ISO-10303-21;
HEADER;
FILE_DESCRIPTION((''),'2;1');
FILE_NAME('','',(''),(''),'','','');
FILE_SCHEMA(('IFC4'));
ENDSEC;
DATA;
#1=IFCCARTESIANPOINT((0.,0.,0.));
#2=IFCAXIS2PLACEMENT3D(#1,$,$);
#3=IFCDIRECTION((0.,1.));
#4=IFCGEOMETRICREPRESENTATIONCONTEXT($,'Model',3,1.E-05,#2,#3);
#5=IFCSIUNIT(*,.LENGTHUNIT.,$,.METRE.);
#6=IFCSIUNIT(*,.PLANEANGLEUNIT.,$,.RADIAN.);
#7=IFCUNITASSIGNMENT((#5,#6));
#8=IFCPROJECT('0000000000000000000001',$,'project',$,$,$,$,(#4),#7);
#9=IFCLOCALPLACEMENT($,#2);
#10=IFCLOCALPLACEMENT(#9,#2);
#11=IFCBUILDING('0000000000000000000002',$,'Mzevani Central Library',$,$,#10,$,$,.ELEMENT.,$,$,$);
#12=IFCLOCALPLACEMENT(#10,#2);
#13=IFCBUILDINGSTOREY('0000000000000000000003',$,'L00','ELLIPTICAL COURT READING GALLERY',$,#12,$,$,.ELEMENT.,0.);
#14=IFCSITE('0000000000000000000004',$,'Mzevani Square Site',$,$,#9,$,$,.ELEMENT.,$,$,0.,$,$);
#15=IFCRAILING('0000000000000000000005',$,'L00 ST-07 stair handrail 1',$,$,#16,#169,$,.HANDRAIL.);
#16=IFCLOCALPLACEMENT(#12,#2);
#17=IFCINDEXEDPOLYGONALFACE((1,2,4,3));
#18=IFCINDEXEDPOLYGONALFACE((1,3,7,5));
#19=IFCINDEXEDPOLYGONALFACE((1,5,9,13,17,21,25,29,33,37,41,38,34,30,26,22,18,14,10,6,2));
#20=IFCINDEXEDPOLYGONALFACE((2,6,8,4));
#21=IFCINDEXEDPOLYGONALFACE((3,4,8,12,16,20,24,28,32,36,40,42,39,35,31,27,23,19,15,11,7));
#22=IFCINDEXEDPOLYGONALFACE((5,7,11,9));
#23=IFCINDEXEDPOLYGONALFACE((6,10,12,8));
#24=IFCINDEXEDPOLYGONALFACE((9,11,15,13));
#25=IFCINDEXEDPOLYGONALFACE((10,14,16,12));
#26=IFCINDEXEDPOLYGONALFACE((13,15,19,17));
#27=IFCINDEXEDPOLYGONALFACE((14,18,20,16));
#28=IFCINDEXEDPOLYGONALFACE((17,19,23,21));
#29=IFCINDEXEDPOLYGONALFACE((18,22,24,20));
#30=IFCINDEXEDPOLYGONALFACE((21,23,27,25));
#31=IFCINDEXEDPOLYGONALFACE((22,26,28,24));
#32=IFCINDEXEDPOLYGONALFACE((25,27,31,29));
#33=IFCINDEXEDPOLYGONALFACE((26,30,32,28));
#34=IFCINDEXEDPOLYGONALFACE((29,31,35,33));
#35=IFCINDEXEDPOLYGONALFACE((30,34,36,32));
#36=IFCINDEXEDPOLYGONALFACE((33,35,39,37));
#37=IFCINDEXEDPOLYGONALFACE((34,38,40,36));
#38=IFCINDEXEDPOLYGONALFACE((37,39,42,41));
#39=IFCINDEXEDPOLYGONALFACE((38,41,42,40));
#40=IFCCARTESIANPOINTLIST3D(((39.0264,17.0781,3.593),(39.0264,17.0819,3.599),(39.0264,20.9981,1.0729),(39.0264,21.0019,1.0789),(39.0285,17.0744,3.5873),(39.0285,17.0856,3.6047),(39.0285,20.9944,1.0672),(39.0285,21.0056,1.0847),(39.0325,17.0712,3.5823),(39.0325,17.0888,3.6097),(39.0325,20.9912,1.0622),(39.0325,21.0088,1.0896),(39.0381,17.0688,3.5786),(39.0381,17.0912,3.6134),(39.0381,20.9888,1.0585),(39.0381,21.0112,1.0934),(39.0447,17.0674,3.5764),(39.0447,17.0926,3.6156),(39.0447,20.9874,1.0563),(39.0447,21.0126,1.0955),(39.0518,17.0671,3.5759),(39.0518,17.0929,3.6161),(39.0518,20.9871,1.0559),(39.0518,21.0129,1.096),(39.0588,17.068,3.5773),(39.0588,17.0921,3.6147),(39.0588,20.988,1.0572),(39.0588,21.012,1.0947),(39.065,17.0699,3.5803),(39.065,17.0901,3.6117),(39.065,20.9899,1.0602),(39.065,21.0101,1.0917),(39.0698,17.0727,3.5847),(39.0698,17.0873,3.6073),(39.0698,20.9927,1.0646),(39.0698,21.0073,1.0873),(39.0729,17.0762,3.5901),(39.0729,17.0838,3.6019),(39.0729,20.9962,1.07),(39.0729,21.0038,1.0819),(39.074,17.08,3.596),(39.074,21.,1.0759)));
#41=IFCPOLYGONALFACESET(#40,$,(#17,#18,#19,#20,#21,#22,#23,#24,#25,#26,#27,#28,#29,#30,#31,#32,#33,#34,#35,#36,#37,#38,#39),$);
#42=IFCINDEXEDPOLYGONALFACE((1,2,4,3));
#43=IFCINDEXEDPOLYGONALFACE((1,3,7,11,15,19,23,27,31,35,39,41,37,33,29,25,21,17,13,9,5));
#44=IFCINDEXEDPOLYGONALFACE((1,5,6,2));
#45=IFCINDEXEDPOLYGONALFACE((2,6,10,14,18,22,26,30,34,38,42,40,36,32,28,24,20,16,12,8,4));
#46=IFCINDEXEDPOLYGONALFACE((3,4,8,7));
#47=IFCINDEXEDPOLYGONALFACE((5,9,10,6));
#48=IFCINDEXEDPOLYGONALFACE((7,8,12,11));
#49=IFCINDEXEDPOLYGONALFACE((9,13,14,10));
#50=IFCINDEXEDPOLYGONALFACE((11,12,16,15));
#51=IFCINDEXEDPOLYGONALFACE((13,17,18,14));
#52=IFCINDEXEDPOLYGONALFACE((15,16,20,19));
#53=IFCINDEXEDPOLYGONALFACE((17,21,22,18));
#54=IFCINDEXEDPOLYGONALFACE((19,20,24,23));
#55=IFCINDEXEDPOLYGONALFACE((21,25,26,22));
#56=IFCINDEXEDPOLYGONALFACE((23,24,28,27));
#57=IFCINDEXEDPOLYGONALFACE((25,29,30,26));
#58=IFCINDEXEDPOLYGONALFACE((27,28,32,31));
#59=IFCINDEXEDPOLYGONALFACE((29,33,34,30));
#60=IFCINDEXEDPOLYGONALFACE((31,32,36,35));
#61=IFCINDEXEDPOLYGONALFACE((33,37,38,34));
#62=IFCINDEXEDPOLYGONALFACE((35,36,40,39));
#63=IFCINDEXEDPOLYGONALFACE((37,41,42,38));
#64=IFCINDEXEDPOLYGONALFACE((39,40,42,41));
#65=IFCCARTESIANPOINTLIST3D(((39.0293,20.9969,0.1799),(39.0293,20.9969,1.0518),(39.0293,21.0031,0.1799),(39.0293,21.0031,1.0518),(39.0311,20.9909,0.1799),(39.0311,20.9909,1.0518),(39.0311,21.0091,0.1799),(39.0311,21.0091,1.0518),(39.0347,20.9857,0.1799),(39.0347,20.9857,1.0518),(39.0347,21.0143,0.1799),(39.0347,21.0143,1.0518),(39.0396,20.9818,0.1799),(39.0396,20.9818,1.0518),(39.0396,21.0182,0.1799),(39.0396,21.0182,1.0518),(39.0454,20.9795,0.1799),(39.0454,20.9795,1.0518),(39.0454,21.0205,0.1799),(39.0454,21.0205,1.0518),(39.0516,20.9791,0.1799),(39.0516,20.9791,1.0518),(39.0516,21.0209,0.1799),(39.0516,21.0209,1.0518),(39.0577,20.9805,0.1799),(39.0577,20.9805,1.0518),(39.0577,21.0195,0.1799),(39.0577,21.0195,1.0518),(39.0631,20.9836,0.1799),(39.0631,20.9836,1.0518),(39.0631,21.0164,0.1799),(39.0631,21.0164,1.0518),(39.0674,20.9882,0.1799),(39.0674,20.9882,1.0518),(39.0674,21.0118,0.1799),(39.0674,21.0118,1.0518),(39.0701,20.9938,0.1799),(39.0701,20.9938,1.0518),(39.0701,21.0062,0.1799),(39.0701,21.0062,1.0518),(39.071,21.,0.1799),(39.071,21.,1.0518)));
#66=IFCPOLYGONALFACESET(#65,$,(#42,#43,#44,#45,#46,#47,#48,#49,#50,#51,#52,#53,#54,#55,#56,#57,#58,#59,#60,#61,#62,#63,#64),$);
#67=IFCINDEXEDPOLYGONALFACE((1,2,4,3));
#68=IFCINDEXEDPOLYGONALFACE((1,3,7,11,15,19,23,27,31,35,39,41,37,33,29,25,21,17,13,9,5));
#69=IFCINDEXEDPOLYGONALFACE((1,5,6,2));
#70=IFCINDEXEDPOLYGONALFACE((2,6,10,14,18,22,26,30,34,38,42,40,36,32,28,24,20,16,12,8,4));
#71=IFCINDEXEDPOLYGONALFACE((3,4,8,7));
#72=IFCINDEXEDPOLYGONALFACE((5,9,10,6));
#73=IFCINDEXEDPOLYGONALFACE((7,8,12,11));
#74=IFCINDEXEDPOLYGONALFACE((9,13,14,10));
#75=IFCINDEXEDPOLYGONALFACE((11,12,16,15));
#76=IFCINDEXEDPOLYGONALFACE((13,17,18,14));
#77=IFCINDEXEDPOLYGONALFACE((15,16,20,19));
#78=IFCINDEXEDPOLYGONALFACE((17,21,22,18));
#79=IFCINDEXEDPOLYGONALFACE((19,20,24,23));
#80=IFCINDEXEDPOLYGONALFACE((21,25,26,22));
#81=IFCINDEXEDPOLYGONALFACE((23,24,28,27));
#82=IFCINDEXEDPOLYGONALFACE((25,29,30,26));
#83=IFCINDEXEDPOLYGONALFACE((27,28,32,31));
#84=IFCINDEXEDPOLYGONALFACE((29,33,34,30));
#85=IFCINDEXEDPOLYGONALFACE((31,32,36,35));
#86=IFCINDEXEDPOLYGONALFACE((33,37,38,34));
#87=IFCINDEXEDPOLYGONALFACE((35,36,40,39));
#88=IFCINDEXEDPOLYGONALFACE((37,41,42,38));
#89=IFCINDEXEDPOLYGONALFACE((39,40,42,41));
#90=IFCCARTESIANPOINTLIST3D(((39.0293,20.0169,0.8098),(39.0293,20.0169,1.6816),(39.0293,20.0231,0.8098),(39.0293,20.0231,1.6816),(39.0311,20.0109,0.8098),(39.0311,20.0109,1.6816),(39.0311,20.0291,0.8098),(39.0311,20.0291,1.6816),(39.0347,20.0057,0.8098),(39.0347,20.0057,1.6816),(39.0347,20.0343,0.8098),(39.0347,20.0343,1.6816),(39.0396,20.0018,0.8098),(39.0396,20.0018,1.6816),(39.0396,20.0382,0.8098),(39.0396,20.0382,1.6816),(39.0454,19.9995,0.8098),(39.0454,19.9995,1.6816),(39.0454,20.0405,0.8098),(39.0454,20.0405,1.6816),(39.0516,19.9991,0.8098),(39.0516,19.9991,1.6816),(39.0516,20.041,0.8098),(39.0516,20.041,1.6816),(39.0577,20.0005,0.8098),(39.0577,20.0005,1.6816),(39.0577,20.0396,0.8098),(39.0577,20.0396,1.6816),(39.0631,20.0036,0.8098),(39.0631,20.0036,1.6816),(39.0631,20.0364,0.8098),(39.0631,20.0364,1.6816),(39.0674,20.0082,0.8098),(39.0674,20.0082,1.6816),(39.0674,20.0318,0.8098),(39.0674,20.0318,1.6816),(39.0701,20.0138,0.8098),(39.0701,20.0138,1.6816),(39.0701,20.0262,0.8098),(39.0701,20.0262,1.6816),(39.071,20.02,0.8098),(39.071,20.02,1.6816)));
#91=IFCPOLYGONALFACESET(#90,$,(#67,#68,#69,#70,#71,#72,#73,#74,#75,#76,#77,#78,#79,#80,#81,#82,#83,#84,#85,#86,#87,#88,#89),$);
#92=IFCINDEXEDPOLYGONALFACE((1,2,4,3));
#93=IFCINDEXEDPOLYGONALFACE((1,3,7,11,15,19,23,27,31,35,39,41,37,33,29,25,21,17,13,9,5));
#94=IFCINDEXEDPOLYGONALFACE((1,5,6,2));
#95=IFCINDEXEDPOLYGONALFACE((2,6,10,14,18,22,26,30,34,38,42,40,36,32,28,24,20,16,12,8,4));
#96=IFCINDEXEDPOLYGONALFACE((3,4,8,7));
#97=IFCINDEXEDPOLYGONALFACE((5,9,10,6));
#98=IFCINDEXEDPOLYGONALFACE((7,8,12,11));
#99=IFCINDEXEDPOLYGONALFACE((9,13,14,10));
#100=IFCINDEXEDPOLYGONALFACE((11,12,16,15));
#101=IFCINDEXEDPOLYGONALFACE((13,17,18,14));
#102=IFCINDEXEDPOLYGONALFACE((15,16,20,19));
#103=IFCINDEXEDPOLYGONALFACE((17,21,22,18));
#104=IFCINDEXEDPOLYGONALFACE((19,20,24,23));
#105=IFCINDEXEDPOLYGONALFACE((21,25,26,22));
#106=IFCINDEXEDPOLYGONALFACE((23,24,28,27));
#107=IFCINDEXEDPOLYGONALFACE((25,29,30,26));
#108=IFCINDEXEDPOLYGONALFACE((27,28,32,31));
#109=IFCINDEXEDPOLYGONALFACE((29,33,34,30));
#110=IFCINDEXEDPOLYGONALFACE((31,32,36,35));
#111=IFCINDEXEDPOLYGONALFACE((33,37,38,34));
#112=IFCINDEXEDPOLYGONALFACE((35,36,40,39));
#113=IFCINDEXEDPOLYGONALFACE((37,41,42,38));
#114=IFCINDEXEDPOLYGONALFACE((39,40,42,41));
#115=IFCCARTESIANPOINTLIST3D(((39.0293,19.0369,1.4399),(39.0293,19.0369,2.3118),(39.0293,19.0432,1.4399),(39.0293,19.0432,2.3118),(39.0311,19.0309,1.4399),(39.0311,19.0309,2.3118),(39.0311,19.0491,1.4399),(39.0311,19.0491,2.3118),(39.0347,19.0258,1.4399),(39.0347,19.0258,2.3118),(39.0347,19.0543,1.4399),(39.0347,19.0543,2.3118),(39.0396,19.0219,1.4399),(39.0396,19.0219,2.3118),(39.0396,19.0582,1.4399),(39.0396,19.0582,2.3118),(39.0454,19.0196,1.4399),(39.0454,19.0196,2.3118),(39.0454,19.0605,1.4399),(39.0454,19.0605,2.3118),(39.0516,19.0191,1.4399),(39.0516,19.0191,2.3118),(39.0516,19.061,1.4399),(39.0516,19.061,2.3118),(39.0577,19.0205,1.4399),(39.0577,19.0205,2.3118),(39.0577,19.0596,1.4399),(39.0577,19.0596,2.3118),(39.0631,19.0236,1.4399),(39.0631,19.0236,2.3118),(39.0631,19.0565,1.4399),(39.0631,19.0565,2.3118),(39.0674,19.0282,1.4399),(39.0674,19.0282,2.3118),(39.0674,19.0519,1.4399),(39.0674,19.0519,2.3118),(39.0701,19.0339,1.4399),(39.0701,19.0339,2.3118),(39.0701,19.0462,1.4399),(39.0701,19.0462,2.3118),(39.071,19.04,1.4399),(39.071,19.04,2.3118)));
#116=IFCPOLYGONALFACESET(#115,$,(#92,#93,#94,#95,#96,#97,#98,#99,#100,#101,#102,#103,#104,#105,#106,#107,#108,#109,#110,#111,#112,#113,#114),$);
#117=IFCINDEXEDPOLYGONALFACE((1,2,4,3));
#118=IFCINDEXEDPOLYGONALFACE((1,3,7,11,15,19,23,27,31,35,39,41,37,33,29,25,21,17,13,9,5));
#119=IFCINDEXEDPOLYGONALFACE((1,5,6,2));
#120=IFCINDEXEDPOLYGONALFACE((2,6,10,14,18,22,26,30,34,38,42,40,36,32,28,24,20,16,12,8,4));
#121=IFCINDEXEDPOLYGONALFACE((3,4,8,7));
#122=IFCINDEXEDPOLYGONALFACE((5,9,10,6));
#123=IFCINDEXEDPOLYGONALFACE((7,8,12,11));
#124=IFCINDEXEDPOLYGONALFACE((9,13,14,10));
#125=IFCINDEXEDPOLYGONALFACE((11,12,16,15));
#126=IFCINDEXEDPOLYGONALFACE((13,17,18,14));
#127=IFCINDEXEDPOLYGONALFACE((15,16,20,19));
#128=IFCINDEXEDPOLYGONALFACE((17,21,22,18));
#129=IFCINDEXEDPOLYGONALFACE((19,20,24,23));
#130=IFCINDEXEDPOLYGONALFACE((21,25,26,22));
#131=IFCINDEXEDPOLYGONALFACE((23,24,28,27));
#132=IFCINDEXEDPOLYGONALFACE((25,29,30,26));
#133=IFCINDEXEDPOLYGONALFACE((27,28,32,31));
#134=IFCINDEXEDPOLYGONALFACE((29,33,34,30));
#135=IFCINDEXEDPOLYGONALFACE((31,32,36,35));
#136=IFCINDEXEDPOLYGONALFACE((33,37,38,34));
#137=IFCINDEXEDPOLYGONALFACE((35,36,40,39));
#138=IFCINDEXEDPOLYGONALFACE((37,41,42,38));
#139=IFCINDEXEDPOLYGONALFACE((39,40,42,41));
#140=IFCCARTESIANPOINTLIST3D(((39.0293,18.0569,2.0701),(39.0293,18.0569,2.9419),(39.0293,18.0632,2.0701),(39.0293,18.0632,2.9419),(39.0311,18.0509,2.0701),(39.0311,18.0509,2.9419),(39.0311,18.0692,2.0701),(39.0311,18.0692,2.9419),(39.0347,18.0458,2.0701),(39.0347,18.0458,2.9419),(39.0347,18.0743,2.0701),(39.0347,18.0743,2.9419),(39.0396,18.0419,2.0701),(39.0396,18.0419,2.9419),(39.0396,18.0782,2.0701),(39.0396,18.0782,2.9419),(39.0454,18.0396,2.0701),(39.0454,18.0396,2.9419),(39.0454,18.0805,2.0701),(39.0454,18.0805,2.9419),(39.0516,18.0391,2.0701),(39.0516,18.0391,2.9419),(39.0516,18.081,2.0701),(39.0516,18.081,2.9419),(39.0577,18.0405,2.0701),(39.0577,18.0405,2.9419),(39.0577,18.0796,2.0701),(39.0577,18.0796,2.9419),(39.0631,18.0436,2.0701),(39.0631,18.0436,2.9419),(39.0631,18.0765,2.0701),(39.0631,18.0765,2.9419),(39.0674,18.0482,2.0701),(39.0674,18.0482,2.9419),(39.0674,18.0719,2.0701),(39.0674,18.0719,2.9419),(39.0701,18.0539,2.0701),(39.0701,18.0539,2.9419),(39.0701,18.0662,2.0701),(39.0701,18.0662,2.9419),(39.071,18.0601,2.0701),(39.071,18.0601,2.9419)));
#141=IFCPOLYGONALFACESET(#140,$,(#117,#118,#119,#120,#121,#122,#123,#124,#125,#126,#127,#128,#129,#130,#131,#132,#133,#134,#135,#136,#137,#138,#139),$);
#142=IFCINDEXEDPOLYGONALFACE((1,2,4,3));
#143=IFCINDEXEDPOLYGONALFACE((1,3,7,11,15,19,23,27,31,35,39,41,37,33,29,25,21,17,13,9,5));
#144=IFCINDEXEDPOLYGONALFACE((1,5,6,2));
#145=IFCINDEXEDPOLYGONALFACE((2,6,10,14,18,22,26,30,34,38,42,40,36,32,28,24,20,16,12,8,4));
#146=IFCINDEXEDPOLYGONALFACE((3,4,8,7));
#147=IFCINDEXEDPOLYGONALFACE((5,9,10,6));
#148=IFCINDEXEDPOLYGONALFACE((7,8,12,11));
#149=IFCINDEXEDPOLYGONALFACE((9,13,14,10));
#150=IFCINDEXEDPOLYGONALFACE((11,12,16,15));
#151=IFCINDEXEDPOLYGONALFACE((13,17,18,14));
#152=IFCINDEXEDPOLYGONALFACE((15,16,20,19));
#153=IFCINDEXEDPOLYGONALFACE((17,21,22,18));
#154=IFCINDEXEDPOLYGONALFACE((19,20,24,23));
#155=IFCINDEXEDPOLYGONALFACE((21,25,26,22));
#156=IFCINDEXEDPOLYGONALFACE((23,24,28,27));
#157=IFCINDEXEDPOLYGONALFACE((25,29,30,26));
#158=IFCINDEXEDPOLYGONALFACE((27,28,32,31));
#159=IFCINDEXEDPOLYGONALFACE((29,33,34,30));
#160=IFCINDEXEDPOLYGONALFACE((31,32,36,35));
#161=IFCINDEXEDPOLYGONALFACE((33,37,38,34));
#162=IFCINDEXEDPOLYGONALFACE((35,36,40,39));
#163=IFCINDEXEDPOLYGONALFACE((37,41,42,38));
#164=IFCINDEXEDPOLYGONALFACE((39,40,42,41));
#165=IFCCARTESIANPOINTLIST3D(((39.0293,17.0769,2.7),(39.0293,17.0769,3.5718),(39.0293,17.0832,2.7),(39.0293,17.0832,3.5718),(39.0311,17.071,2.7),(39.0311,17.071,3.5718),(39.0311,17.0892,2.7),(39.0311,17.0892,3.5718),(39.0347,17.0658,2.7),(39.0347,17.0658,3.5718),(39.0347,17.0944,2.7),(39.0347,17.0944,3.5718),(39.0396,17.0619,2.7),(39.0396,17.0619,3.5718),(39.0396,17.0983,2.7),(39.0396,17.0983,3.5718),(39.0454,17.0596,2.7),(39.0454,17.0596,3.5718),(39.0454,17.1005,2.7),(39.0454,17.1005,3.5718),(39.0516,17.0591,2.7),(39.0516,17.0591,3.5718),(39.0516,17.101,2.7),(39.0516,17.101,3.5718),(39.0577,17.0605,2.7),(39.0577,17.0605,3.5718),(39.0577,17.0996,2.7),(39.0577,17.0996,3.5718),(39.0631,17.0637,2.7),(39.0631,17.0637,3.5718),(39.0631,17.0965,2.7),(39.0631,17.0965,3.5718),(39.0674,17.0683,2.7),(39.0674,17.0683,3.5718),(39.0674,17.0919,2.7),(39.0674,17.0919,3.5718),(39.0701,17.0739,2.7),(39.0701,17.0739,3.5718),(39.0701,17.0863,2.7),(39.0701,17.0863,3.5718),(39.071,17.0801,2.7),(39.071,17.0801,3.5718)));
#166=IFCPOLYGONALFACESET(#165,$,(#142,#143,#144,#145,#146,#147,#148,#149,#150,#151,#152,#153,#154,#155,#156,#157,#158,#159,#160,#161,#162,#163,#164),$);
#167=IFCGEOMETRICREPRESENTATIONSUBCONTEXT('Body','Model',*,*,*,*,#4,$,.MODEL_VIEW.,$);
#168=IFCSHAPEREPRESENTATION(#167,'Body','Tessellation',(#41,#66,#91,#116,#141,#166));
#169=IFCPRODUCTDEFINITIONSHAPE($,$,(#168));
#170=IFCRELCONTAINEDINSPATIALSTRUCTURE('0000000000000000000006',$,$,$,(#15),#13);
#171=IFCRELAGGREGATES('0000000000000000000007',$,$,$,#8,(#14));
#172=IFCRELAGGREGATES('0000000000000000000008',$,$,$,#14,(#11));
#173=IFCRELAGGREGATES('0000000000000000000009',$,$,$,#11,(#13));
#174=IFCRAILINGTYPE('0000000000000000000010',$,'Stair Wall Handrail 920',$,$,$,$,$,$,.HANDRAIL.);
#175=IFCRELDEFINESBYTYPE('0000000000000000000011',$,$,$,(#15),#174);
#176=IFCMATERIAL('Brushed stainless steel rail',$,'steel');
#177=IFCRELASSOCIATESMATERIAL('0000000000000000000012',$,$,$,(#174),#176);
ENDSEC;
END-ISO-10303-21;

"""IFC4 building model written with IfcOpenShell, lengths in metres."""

from ifc_helpers import new_model, si_unit, direction, frame, origin, origin_2d, place, context, subcontext, project, spatial, circle, extrude, material, type_object, element, save


model = new_model("IFC4")

# Units and contexts
model_context = context("Model", 3, precision=1e-05, world=origin(), true_north=direction((0.0, 1.0)))
body_context = subcontext(model_context, "Body", "Model", "MODEL_VIEW")
ifc_project = project(units=[si_unit("LENGTHUNIT", "METRE"), si_unit("PLANEANGLEUNIT", "RADIAN")], contexts=[model_context])

# Site, building, storey
site_placement = place(None, origin())
site = spatial("IfcSite", under=ifc_project, at=site_placement, Name="Mzevani Square Site", CompositionType="ELEMENT", RefElevation=0.0)
building_placement = place(site_placement, origin())
building = spatial("IfcBuilding", under=site, at=building_placement, Name="Mzevani Central Library", CompositionType="ELEMENT")
storey_placement = place(building_placement, origin())
storey = spatial("IfcBuildingStorey", under=building, at=storey_placement, Name="L00", Description="ELLIPTICAL COURT READING GALLERY", CompositionType="ELEMENT", Elevation=0.0)

# Shared definitions
ifc_material_1 = material(Name="Brushed stainless steel rail", Category="steel")

# Railing
railing_type_1 = type_object("IfcRailingType", Name="Stair Wall Handrail 920", PredefinedType="HANDRAIL", material=ifc_material_1)
railing_1_placement = place(storey_placement, frame((39.05, 21.0, 0.1799)))
element("IfcRailing", 1, at=railing_1_placement, inside=storey, type_object=railing_type_1, Name="L00 ST-07 stair handrail 1", PredefinedType="HANDRAIL", context=body_context, shape_type="SweptSolid", body=[
    extrude(circle(Radius=0.0239, at=origin_2d()), frame((0.0, 0.0, 0.896), z_axis=(0.0, -0.841172, 0.540768), x_axis=(1.0, 0.0, 0.0)), (0.0, 0.0, 1.0), 4.6602),
    extrude(circle(Radius=0.021, at=origin_2d()), origin(), (0.0, 0.0, 1.0), 0.8718),
    extrude(circle(Radius=0.021, at=origin_2d()), frame((0.0, -0.98, 0.6299)), (0.0, 0.0, 1.0), 0.8718),
    extrude(circle(Radius=0.021, at=origin_2d()), frame((0.0, -1.96, 1.26)), (0.0, 0.0, 1.0), 0.8718),
    extrude(circle(Radius=0.021, at=origin_2d()), frame((0.0, -2.9399, 1.8901)), (0.0, 0.0, 1.0), 0.8718),
    extrude(circle(Radius=0.021, at=origin_2d()), frame((0.0, -3.9199, 2.52)), (0.0, 0.0, 1.0), 0.8718),
])

save(model, "model.ifc")
